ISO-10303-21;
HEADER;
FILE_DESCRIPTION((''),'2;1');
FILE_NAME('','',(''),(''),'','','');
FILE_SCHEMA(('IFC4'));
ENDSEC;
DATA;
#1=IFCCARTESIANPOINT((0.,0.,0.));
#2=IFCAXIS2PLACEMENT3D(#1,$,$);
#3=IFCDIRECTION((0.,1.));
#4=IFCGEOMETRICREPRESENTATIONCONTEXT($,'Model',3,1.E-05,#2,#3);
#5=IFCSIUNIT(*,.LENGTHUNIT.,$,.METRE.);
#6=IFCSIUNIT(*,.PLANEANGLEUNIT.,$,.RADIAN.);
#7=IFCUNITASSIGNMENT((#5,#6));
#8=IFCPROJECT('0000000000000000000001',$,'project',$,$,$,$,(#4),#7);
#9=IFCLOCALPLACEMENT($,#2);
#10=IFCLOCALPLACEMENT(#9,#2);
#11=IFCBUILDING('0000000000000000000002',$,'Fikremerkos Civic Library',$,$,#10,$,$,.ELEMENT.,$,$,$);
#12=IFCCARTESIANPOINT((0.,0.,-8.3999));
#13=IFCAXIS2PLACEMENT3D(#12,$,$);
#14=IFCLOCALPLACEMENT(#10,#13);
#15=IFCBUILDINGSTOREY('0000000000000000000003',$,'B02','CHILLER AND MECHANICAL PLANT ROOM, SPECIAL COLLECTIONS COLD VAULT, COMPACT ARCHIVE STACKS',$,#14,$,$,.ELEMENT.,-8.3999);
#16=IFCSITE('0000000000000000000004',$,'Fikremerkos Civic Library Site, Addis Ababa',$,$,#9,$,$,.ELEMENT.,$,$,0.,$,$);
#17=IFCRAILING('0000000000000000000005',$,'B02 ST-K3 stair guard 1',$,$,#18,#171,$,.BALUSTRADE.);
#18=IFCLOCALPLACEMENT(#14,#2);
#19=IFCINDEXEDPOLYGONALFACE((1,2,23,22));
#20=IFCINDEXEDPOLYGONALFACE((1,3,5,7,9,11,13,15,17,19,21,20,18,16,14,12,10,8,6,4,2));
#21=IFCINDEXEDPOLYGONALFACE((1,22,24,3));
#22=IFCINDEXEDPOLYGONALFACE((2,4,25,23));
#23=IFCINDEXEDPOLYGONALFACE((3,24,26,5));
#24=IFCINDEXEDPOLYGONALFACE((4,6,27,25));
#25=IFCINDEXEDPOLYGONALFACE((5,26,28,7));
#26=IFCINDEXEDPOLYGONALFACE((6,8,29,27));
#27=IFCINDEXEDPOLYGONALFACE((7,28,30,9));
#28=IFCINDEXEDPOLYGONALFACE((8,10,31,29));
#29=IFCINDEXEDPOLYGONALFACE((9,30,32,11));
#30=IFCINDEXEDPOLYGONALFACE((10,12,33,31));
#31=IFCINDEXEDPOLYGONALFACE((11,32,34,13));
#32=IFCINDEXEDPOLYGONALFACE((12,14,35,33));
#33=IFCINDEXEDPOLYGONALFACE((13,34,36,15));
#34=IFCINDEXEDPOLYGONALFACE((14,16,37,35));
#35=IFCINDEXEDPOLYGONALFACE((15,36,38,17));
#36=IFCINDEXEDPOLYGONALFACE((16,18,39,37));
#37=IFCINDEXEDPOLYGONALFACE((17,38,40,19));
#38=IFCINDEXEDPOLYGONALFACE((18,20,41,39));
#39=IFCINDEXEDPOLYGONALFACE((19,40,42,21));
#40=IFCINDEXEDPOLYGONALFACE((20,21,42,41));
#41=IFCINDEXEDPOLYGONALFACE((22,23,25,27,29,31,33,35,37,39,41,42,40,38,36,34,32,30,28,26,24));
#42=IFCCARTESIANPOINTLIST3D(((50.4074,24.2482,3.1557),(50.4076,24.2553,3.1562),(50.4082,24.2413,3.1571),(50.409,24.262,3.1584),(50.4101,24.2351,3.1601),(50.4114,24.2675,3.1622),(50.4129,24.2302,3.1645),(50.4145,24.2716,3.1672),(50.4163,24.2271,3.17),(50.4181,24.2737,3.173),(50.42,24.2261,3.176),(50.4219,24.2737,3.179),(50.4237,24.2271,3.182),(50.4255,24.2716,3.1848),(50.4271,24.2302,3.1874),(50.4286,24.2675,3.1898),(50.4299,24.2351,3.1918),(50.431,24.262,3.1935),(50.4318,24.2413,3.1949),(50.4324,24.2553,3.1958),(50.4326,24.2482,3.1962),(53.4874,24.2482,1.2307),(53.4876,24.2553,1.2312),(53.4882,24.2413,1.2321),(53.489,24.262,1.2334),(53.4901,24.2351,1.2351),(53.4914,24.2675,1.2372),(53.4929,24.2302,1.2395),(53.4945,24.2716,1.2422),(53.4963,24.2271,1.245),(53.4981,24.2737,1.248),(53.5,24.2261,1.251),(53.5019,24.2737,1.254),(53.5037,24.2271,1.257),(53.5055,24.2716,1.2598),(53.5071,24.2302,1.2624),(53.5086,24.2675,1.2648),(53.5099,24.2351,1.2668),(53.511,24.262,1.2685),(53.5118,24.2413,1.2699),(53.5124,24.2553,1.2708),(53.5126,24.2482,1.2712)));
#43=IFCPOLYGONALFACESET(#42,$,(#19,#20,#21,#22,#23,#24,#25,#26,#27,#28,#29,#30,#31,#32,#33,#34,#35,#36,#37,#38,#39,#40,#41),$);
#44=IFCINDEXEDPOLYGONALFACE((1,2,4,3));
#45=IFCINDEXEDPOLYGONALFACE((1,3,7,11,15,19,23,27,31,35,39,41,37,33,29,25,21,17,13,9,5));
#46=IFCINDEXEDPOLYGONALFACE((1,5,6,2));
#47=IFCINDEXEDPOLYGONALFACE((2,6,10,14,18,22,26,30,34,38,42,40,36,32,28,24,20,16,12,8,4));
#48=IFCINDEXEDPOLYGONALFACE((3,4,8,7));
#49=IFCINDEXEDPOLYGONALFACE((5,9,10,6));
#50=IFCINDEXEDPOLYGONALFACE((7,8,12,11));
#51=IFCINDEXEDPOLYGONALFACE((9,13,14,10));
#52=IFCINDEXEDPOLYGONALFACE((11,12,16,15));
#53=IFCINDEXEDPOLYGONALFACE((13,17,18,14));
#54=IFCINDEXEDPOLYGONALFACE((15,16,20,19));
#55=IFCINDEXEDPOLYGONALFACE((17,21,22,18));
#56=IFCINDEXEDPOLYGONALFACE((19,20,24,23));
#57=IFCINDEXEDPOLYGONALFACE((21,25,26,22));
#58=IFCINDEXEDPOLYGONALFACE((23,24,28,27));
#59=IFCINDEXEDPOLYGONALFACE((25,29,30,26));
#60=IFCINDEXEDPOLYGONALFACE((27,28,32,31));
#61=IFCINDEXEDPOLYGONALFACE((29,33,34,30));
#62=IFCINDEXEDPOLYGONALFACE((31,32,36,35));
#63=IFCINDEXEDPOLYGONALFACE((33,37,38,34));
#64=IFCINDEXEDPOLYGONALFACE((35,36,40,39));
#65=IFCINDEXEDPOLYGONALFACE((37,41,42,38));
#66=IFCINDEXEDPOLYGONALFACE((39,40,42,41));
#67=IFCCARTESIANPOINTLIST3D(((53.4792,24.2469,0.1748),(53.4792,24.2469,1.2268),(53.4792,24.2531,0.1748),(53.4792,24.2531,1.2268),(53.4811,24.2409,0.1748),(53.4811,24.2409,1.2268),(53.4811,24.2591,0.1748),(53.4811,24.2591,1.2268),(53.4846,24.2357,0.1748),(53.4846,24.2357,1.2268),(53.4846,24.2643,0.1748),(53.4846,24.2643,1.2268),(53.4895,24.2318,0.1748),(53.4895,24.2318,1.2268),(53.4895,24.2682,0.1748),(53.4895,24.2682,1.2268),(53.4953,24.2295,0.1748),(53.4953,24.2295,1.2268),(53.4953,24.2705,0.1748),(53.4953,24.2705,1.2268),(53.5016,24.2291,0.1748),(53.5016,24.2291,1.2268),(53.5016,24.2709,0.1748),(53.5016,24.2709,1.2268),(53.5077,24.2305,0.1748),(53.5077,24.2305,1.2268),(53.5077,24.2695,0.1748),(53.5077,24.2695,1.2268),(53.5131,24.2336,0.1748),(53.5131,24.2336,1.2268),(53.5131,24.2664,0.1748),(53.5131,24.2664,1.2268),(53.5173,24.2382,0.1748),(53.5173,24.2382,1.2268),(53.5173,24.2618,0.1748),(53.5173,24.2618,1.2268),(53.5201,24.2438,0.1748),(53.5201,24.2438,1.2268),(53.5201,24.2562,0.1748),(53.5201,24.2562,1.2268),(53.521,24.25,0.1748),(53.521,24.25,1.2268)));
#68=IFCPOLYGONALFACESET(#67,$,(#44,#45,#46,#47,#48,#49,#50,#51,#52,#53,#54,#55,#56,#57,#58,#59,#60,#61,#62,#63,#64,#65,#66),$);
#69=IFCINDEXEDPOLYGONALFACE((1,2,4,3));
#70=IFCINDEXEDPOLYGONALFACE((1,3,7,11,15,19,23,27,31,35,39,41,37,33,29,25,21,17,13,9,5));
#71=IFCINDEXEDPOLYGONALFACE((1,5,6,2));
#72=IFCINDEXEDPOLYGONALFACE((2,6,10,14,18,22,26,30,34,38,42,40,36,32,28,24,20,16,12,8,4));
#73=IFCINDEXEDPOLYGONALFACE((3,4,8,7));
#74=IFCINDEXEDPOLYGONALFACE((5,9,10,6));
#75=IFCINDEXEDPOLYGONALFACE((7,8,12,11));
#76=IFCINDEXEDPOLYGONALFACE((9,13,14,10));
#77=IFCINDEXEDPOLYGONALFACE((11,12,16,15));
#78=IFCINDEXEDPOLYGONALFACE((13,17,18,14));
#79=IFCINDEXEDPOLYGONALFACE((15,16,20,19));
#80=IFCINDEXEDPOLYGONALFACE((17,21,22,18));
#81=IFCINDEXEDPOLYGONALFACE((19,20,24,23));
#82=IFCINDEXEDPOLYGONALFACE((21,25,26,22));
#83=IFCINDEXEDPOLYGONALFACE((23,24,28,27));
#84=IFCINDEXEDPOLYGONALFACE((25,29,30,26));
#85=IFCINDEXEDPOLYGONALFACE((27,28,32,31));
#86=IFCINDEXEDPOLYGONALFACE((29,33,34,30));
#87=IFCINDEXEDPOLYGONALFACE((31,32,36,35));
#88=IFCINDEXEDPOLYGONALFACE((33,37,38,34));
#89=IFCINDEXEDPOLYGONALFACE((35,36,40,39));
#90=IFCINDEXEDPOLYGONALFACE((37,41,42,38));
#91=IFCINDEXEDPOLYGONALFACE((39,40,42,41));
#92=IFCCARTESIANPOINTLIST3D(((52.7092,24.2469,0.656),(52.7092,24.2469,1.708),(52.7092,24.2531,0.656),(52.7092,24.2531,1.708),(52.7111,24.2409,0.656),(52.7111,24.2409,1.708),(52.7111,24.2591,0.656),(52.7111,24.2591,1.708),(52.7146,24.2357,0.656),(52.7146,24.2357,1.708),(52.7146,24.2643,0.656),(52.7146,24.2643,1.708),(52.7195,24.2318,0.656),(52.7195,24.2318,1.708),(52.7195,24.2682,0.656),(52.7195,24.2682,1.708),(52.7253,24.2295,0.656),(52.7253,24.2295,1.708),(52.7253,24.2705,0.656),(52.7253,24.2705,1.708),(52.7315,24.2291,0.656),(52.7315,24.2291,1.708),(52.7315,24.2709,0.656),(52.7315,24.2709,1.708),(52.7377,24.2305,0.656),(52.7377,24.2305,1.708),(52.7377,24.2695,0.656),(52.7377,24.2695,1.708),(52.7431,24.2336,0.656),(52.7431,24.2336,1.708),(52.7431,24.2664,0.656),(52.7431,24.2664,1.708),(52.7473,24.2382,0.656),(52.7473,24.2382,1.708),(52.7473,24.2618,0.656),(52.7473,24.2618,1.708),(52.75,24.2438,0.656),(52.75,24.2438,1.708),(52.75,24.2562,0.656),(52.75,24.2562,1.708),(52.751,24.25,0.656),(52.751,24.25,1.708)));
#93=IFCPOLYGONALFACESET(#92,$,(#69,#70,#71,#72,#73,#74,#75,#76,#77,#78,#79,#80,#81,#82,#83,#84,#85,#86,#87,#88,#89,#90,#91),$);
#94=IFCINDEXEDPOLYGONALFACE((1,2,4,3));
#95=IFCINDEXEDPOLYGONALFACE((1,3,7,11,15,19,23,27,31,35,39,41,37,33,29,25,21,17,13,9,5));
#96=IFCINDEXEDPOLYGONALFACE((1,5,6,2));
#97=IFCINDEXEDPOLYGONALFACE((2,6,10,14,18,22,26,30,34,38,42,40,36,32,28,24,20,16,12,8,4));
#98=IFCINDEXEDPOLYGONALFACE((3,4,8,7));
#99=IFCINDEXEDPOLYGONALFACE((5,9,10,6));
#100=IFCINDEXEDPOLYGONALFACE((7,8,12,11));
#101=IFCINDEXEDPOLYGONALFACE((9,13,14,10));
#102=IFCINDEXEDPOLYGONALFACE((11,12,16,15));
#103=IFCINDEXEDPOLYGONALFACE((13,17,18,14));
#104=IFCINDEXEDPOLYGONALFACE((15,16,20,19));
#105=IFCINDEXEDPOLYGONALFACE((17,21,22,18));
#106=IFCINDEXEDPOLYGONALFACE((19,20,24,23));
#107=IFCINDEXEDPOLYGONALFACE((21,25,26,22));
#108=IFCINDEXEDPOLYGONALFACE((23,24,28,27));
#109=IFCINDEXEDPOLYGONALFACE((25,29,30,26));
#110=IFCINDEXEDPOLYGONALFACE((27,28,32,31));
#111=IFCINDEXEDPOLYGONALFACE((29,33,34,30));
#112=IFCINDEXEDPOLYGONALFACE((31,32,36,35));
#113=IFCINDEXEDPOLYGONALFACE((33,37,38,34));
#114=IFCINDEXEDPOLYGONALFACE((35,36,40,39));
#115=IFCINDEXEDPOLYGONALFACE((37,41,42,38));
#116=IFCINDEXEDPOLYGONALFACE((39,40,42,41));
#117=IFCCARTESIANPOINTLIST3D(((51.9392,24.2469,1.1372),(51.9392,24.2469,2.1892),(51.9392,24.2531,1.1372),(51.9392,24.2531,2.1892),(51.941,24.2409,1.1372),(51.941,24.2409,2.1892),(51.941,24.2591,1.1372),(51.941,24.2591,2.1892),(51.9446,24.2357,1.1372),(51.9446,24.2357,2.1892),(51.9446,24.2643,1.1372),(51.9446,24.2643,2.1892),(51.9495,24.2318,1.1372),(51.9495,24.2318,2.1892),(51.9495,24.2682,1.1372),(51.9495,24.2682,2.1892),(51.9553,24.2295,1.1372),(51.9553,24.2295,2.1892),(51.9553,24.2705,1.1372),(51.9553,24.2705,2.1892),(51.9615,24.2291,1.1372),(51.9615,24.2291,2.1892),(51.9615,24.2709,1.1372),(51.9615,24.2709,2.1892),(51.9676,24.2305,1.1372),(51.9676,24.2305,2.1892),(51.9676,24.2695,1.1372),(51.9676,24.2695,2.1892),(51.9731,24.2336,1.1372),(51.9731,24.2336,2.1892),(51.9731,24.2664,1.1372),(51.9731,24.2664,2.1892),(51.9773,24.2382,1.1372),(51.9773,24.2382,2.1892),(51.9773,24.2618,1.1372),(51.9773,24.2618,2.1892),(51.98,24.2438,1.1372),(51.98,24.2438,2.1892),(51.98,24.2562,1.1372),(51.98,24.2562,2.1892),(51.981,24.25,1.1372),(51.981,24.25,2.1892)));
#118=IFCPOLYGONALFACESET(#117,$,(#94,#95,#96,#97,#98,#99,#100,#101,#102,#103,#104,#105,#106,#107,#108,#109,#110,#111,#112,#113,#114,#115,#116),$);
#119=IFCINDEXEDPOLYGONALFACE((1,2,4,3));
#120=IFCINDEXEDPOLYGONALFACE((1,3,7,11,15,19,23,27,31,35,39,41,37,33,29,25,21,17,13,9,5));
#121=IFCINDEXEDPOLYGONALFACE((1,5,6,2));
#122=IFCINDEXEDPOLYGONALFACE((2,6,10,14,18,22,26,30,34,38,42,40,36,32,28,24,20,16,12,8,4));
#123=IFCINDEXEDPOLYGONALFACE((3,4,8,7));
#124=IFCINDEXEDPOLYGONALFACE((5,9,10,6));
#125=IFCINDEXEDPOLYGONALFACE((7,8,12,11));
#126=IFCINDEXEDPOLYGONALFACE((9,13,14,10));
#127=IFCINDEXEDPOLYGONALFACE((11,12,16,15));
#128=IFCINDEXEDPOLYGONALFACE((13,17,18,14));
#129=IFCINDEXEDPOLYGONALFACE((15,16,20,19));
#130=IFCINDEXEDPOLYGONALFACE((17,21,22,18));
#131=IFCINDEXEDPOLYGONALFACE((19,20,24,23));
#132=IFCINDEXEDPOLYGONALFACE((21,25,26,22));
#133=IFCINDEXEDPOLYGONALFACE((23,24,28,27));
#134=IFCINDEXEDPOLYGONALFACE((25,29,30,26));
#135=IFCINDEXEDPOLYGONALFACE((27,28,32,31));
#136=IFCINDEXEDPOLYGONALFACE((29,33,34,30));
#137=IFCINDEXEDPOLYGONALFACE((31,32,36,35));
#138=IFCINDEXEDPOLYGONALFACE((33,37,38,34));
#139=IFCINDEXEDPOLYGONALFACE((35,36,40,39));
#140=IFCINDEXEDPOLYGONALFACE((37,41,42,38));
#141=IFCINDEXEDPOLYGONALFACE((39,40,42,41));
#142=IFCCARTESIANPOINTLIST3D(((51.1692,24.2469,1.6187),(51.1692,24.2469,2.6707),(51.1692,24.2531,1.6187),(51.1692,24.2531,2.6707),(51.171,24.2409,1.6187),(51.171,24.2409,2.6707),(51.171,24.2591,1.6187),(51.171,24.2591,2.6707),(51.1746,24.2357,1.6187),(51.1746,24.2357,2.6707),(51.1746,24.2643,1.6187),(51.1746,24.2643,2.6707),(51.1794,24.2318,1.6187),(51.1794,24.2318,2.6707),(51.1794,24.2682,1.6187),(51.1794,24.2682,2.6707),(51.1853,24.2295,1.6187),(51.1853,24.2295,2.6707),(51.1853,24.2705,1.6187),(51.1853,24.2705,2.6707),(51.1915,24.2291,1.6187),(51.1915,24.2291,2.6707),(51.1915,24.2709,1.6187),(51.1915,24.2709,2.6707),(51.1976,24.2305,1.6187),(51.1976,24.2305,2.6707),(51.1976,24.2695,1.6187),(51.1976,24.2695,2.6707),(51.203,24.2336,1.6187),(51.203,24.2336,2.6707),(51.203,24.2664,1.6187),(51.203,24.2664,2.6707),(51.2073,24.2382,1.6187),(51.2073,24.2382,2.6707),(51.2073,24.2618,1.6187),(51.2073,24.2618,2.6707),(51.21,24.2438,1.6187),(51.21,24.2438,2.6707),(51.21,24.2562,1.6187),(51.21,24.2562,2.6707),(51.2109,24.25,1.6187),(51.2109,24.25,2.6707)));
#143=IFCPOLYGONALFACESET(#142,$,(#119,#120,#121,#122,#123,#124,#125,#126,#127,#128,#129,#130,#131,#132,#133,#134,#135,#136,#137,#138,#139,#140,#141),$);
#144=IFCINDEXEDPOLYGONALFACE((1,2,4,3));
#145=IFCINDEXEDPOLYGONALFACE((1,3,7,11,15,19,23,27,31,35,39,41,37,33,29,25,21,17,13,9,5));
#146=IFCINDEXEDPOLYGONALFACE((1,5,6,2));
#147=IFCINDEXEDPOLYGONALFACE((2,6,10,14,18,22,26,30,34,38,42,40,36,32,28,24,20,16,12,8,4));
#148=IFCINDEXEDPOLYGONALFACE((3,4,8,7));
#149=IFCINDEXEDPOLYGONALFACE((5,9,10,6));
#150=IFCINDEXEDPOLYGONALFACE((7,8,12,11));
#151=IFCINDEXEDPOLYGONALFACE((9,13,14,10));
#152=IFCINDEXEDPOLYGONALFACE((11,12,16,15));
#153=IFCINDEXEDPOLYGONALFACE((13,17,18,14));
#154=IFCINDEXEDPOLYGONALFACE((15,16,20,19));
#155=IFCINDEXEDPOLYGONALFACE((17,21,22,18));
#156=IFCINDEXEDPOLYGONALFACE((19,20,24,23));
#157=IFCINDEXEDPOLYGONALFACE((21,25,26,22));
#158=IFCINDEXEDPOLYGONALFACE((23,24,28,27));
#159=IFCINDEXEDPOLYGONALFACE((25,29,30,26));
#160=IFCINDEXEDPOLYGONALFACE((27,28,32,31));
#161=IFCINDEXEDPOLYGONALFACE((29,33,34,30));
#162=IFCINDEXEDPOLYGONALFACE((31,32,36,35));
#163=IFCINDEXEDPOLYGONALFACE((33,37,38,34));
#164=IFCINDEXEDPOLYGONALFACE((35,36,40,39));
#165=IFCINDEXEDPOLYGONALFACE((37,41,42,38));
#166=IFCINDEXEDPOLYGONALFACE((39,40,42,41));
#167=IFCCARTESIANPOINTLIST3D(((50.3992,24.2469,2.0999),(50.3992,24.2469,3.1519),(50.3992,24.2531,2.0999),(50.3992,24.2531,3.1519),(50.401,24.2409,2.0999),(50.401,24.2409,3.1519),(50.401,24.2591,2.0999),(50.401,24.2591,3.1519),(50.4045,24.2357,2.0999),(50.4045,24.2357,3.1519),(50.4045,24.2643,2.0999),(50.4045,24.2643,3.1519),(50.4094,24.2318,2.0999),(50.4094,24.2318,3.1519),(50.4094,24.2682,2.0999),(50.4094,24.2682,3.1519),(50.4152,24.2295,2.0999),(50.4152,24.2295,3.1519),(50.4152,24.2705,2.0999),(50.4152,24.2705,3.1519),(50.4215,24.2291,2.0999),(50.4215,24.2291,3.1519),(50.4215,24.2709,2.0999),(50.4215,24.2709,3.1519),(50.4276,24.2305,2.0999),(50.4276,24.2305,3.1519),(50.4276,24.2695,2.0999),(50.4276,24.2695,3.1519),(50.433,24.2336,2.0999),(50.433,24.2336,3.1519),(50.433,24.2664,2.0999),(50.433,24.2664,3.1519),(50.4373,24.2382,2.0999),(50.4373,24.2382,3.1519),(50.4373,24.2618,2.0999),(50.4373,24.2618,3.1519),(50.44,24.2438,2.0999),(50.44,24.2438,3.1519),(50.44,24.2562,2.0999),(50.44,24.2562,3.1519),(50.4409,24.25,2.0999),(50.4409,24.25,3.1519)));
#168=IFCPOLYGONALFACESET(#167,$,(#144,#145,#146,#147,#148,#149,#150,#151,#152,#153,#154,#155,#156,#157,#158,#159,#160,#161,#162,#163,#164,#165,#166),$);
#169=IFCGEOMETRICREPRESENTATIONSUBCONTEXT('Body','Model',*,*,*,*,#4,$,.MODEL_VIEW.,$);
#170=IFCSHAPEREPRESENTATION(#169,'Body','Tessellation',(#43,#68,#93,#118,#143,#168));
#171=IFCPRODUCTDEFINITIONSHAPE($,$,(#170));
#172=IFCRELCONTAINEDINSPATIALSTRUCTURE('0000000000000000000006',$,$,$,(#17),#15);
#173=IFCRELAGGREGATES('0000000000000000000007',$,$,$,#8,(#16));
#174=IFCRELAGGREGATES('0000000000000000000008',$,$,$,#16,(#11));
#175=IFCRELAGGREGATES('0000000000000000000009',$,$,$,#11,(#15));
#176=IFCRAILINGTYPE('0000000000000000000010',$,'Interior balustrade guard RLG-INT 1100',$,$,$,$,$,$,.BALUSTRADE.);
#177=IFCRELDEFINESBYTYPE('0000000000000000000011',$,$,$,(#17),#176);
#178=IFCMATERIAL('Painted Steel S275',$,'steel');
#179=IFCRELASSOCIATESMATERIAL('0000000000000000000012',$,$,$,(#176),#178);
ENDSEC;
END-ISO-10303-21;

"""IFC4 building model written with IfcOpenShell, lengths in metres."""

from ifc_helpers import new_model, si_unit, direction, frame, origin, origin_2d, place, context, subcontext, project, spatial, circle, extrude, material, type_object, element, save


model = new_model("IFC4")

# Units and contexts
model_context = context("Model", 3, precision=1e-05, world=origin(), true_north=direction((0.0, 1.0)))
body_context = subcontext(model_context, "Body", "Model", "MODEL_VIEW")
ifc_project = project(units=[si_unit("LENGTHUNIT", "METRE"), si_unit("PLANEANGLEUNIT", "RADIAN")], contexts=[model_context])

# Site, building, storey
site_placement = place(None, origin())
site = spatial("IfcSite", under=ifc_project, at=site_placement, Name="Fikremerkos Civic Library Site, Addis Ababa", CompositionType="ELEMENT", RefElevation=0.0)
building_placement = place(site_placement, origin())
building = spatial("IfcBuilding", under=site, at=building_placement, Name="Fikremerkos Civic Library", CompositionType="ELEMENT")
storey_placement = place(building_placement, frame((0.0, 0.0, -8.3999)))
storey = spatial("IfcBuildingStorey", under=building, at=storey_placement, Name="B02", Description="CHILLER AND MECHANICAL PLANT ROOM, SPECIAL COLLECTIONS COLD VAULT, COMPACT ARCHIVE STACKS", CompositionType="ELEMENT", Elevation=-8.3999)

# Railing
ifc_material_1 = material(Name="Painted Steel S275", Category="steel")
railing_type_1 = type_object("IfcRailingType", Name="Interior balustrade guard RLG-INT 1100", PredefinedType="BALUSTRADE", material=ifc_material_1)
railing_1_placement = place(storey_placement, frame((53.5, 24.25, 0.1748)))
element("IfcRailing", 1, at=railing_1_placement, inside=storey, type_object=railing_type_1, Name="B02 ST-K3 stair guard 1", PredefinedType="BALUSTRADE", context=body_context, shape_type="SweptSolid", body=[
    extrude(circle(Radius=0.0239, at=origin_2d()), frame((0.0, 0.0, 1.0762), z_axis=(-0.847998, 0.0, 0.529999), x_axis=(0.0, -1.0, 0.0)), (0.0, 0.0, 1.0), 3.6321),
    extrude(circle(Radius=0.021, at=origin_2d()), origin(), (0.0, 0.0, 1.0), 1.052),
    extrude(circle(Radius=0.021, at=origin_2d()), frame((-0.77, 0.0, 0.4812)), (0.0, 0.0, 1.0), 1.052),
    extrude(circle(Radius=0.021, at=origin_2d()), frame((-1.54, 0.0, 0.9624)), (0.0, 0.0, 1.0), 1.052),
    extrude(circle(Radius=0.021, at=origin_2d()), frame((-2.3101, 0.0, 1.4438)), (0.0, 0.0, 1.0), 1.052),
    extrude(circle(Radius=0.021, at=origin_2d()), frame((-3.0801, 0.0, 1.925)), (0.0, 0.0, 1.0), 1.052),
])

save(model, "model.ifc")
